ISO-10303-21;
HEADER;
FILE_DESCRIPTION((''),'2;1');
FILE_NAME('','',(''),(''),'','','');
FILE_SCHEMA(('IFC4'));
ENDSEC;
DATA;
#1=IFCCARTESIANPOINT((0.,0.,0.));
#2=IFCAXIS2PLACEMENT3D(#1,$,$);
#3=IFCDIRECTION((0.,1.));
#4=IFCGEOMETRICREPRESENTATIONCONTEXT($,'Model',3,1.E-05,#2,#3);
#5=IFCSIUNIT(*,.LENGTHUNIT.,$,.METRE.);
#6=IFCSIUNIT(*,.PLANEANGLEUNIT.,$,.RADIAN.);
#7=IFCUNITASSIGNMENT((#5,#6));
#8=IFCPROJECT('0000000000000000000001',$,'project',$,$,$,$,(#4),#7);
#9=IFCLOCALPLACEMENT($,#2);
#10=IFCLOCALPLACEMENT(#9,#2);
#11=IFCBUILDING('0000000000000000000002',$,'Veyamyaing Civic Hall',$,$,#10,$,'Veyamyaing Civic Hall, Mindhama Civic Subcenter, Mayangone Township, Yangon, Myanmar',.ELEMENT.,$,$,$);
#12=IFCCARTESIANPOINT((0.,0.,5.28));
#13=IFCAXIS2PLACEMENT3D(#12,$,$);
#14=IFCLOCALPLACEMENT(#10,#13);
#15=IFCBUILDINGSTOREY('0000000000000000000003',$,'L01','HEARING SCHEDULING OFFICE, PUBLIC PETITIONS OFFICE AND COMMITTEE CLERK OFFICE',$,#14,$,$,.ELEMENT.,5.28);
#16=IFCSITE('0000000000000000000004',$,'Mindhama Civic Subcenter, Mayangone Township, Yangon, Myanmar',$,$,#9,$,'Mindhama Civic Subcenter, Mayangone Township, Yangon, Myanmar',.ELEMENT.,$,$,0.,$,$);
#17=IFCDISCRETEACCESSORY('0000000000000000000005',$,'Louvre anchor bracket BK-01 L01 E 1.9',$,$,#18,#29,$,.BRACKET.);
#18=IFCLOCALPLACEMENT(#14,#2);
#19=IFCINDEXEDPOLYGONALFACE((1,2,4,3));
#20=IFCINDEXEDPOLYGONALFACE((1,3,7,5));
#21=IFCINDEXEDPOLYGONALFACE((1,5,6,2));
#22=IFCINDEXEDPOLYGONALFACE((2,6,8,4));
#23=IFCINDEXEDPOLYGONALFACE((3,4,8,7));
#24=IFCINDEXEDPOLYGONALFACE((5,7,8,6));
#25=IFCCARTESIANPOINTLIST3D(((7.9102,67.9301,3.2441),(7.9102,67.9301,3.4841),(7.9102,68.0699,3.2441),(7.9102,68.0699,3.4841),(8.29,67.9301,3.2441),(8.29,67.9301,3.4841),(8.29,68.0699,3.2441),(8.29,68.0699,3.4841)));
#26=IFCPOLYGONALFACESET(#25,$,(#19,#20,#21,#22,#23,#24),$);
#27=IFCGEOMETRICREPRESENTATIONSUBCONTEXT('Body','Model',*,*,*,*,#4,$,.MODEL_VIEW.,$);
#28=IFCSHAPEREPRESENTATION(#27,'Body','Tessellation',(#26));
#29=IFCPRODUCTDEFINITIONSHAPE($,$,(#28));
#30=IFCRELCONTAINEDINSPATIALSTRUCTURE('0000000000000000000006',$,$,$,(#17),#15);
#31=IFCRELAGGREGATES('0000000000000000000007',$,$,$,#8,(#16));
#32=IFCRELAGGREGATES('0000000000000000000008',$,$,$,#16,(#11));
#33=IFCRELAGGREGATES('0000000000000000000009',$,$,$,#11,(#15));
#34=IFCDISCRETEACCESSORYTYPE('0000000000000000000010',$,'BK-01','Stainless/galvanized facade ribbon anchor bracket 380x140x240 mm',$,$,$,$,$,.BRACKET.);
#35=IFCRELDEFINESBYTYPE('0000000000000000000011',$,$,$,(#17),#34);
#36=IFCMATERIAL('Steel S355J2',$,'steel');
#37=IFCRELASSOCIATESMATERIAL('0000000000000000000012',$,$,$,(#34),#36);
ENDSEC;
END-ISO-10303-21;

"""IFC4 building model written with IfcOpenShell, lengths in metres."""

from ifc_helpers import new_model, si_unit, direction, frame, origin, origin_2d, place, context, subcontext, project, spatial, rectangle, extrude, material, type_object, element, save


model = new_model("IFC4")

# Units and contexts
model_context = context("Model", 3, precision=1e-05, world=origin(), true_north=direction((0.0, 1.0)))
body_context = subcontext(model_context, "Body", "Model", "MODEL_VIEW")
ifc_project = project(units=[si_unit("LENGTHUNIT", "METRE"), si_unit("PLANEANGLEUNIT", "RADIAN")], contexts=[model_context])

# Site, building, storey
site_placement = place(None, origin())
site = spatial("IfcSite", under=ifc_project, at=site_placement, Name="Mindhama Civic Subcenter, Mayangone Township, Yangon, Myanmar", LongName="Mindhama Civic Subcenter, Mayangone Township, Yangon, Myanmar", CompositionType="ELEMENT", RefElevation=0.0)
building_placement = place(site_placement, origin())
building = spatial("IfcBuilding", under=site, at=building_placement, Name="Veyamyaing Civic Hall", LongName="Veyamyaing Civic Hall, Mindhama Civic Subcenter, Mayangone Township, Yangon, Myanmar", CompositionType="ELEMENT")
storey_placement = place(building_placement, frame((0.0, 0.0, 5.28)))
storey = spatial("IfcBuildingStorey", under=building, at=storey_placement, Name="L01", Description="HEARING SCHEDULING OFFICE, PUBLIC PETITIONS OFFICE AND COMMITTEE CLERK OFFICE", CompositionType="ELEMENT", Elevation=5.28)

# Discrete accessory
ifc_material_1 = material(Name="Steel S355J2", Category="steel")
discrete_accessory_type = type_object("IfcDiscreteAccessoryType", Name="BK-01", Description="Stainless/galvanized facade ribbon anchor bracket 380x140x240 mm", PredefinedType="BRACKET", material=ifc_material_1)
for number, where, z_axis, x_axis, name in (
    (1, (8.1001, 68.0, 3.2441), (0.0, 0.0, 1.0), (1.0, 0.0, 0.0), "Louvre anchor bracket BK-01 L01 E 1.9"),
):
    element("IfcDiscreteAccessory", number, at=place(storey_placement, frame(where, z_axis=z_axis, x_axis=x_axis)), inside=storey, type_object=discrete_accessory_type, Name=name, PredefinedType="BRACKET", context=body_context, shape_type="SweptSolid", body=[
        extrude(rectangle(XDim=0.3799, YDim=0.1399, at=origin_2d()), origin(), (0.0, 0.0, 1.0), 0.24),
    ])

save(model, "model.ifc")
